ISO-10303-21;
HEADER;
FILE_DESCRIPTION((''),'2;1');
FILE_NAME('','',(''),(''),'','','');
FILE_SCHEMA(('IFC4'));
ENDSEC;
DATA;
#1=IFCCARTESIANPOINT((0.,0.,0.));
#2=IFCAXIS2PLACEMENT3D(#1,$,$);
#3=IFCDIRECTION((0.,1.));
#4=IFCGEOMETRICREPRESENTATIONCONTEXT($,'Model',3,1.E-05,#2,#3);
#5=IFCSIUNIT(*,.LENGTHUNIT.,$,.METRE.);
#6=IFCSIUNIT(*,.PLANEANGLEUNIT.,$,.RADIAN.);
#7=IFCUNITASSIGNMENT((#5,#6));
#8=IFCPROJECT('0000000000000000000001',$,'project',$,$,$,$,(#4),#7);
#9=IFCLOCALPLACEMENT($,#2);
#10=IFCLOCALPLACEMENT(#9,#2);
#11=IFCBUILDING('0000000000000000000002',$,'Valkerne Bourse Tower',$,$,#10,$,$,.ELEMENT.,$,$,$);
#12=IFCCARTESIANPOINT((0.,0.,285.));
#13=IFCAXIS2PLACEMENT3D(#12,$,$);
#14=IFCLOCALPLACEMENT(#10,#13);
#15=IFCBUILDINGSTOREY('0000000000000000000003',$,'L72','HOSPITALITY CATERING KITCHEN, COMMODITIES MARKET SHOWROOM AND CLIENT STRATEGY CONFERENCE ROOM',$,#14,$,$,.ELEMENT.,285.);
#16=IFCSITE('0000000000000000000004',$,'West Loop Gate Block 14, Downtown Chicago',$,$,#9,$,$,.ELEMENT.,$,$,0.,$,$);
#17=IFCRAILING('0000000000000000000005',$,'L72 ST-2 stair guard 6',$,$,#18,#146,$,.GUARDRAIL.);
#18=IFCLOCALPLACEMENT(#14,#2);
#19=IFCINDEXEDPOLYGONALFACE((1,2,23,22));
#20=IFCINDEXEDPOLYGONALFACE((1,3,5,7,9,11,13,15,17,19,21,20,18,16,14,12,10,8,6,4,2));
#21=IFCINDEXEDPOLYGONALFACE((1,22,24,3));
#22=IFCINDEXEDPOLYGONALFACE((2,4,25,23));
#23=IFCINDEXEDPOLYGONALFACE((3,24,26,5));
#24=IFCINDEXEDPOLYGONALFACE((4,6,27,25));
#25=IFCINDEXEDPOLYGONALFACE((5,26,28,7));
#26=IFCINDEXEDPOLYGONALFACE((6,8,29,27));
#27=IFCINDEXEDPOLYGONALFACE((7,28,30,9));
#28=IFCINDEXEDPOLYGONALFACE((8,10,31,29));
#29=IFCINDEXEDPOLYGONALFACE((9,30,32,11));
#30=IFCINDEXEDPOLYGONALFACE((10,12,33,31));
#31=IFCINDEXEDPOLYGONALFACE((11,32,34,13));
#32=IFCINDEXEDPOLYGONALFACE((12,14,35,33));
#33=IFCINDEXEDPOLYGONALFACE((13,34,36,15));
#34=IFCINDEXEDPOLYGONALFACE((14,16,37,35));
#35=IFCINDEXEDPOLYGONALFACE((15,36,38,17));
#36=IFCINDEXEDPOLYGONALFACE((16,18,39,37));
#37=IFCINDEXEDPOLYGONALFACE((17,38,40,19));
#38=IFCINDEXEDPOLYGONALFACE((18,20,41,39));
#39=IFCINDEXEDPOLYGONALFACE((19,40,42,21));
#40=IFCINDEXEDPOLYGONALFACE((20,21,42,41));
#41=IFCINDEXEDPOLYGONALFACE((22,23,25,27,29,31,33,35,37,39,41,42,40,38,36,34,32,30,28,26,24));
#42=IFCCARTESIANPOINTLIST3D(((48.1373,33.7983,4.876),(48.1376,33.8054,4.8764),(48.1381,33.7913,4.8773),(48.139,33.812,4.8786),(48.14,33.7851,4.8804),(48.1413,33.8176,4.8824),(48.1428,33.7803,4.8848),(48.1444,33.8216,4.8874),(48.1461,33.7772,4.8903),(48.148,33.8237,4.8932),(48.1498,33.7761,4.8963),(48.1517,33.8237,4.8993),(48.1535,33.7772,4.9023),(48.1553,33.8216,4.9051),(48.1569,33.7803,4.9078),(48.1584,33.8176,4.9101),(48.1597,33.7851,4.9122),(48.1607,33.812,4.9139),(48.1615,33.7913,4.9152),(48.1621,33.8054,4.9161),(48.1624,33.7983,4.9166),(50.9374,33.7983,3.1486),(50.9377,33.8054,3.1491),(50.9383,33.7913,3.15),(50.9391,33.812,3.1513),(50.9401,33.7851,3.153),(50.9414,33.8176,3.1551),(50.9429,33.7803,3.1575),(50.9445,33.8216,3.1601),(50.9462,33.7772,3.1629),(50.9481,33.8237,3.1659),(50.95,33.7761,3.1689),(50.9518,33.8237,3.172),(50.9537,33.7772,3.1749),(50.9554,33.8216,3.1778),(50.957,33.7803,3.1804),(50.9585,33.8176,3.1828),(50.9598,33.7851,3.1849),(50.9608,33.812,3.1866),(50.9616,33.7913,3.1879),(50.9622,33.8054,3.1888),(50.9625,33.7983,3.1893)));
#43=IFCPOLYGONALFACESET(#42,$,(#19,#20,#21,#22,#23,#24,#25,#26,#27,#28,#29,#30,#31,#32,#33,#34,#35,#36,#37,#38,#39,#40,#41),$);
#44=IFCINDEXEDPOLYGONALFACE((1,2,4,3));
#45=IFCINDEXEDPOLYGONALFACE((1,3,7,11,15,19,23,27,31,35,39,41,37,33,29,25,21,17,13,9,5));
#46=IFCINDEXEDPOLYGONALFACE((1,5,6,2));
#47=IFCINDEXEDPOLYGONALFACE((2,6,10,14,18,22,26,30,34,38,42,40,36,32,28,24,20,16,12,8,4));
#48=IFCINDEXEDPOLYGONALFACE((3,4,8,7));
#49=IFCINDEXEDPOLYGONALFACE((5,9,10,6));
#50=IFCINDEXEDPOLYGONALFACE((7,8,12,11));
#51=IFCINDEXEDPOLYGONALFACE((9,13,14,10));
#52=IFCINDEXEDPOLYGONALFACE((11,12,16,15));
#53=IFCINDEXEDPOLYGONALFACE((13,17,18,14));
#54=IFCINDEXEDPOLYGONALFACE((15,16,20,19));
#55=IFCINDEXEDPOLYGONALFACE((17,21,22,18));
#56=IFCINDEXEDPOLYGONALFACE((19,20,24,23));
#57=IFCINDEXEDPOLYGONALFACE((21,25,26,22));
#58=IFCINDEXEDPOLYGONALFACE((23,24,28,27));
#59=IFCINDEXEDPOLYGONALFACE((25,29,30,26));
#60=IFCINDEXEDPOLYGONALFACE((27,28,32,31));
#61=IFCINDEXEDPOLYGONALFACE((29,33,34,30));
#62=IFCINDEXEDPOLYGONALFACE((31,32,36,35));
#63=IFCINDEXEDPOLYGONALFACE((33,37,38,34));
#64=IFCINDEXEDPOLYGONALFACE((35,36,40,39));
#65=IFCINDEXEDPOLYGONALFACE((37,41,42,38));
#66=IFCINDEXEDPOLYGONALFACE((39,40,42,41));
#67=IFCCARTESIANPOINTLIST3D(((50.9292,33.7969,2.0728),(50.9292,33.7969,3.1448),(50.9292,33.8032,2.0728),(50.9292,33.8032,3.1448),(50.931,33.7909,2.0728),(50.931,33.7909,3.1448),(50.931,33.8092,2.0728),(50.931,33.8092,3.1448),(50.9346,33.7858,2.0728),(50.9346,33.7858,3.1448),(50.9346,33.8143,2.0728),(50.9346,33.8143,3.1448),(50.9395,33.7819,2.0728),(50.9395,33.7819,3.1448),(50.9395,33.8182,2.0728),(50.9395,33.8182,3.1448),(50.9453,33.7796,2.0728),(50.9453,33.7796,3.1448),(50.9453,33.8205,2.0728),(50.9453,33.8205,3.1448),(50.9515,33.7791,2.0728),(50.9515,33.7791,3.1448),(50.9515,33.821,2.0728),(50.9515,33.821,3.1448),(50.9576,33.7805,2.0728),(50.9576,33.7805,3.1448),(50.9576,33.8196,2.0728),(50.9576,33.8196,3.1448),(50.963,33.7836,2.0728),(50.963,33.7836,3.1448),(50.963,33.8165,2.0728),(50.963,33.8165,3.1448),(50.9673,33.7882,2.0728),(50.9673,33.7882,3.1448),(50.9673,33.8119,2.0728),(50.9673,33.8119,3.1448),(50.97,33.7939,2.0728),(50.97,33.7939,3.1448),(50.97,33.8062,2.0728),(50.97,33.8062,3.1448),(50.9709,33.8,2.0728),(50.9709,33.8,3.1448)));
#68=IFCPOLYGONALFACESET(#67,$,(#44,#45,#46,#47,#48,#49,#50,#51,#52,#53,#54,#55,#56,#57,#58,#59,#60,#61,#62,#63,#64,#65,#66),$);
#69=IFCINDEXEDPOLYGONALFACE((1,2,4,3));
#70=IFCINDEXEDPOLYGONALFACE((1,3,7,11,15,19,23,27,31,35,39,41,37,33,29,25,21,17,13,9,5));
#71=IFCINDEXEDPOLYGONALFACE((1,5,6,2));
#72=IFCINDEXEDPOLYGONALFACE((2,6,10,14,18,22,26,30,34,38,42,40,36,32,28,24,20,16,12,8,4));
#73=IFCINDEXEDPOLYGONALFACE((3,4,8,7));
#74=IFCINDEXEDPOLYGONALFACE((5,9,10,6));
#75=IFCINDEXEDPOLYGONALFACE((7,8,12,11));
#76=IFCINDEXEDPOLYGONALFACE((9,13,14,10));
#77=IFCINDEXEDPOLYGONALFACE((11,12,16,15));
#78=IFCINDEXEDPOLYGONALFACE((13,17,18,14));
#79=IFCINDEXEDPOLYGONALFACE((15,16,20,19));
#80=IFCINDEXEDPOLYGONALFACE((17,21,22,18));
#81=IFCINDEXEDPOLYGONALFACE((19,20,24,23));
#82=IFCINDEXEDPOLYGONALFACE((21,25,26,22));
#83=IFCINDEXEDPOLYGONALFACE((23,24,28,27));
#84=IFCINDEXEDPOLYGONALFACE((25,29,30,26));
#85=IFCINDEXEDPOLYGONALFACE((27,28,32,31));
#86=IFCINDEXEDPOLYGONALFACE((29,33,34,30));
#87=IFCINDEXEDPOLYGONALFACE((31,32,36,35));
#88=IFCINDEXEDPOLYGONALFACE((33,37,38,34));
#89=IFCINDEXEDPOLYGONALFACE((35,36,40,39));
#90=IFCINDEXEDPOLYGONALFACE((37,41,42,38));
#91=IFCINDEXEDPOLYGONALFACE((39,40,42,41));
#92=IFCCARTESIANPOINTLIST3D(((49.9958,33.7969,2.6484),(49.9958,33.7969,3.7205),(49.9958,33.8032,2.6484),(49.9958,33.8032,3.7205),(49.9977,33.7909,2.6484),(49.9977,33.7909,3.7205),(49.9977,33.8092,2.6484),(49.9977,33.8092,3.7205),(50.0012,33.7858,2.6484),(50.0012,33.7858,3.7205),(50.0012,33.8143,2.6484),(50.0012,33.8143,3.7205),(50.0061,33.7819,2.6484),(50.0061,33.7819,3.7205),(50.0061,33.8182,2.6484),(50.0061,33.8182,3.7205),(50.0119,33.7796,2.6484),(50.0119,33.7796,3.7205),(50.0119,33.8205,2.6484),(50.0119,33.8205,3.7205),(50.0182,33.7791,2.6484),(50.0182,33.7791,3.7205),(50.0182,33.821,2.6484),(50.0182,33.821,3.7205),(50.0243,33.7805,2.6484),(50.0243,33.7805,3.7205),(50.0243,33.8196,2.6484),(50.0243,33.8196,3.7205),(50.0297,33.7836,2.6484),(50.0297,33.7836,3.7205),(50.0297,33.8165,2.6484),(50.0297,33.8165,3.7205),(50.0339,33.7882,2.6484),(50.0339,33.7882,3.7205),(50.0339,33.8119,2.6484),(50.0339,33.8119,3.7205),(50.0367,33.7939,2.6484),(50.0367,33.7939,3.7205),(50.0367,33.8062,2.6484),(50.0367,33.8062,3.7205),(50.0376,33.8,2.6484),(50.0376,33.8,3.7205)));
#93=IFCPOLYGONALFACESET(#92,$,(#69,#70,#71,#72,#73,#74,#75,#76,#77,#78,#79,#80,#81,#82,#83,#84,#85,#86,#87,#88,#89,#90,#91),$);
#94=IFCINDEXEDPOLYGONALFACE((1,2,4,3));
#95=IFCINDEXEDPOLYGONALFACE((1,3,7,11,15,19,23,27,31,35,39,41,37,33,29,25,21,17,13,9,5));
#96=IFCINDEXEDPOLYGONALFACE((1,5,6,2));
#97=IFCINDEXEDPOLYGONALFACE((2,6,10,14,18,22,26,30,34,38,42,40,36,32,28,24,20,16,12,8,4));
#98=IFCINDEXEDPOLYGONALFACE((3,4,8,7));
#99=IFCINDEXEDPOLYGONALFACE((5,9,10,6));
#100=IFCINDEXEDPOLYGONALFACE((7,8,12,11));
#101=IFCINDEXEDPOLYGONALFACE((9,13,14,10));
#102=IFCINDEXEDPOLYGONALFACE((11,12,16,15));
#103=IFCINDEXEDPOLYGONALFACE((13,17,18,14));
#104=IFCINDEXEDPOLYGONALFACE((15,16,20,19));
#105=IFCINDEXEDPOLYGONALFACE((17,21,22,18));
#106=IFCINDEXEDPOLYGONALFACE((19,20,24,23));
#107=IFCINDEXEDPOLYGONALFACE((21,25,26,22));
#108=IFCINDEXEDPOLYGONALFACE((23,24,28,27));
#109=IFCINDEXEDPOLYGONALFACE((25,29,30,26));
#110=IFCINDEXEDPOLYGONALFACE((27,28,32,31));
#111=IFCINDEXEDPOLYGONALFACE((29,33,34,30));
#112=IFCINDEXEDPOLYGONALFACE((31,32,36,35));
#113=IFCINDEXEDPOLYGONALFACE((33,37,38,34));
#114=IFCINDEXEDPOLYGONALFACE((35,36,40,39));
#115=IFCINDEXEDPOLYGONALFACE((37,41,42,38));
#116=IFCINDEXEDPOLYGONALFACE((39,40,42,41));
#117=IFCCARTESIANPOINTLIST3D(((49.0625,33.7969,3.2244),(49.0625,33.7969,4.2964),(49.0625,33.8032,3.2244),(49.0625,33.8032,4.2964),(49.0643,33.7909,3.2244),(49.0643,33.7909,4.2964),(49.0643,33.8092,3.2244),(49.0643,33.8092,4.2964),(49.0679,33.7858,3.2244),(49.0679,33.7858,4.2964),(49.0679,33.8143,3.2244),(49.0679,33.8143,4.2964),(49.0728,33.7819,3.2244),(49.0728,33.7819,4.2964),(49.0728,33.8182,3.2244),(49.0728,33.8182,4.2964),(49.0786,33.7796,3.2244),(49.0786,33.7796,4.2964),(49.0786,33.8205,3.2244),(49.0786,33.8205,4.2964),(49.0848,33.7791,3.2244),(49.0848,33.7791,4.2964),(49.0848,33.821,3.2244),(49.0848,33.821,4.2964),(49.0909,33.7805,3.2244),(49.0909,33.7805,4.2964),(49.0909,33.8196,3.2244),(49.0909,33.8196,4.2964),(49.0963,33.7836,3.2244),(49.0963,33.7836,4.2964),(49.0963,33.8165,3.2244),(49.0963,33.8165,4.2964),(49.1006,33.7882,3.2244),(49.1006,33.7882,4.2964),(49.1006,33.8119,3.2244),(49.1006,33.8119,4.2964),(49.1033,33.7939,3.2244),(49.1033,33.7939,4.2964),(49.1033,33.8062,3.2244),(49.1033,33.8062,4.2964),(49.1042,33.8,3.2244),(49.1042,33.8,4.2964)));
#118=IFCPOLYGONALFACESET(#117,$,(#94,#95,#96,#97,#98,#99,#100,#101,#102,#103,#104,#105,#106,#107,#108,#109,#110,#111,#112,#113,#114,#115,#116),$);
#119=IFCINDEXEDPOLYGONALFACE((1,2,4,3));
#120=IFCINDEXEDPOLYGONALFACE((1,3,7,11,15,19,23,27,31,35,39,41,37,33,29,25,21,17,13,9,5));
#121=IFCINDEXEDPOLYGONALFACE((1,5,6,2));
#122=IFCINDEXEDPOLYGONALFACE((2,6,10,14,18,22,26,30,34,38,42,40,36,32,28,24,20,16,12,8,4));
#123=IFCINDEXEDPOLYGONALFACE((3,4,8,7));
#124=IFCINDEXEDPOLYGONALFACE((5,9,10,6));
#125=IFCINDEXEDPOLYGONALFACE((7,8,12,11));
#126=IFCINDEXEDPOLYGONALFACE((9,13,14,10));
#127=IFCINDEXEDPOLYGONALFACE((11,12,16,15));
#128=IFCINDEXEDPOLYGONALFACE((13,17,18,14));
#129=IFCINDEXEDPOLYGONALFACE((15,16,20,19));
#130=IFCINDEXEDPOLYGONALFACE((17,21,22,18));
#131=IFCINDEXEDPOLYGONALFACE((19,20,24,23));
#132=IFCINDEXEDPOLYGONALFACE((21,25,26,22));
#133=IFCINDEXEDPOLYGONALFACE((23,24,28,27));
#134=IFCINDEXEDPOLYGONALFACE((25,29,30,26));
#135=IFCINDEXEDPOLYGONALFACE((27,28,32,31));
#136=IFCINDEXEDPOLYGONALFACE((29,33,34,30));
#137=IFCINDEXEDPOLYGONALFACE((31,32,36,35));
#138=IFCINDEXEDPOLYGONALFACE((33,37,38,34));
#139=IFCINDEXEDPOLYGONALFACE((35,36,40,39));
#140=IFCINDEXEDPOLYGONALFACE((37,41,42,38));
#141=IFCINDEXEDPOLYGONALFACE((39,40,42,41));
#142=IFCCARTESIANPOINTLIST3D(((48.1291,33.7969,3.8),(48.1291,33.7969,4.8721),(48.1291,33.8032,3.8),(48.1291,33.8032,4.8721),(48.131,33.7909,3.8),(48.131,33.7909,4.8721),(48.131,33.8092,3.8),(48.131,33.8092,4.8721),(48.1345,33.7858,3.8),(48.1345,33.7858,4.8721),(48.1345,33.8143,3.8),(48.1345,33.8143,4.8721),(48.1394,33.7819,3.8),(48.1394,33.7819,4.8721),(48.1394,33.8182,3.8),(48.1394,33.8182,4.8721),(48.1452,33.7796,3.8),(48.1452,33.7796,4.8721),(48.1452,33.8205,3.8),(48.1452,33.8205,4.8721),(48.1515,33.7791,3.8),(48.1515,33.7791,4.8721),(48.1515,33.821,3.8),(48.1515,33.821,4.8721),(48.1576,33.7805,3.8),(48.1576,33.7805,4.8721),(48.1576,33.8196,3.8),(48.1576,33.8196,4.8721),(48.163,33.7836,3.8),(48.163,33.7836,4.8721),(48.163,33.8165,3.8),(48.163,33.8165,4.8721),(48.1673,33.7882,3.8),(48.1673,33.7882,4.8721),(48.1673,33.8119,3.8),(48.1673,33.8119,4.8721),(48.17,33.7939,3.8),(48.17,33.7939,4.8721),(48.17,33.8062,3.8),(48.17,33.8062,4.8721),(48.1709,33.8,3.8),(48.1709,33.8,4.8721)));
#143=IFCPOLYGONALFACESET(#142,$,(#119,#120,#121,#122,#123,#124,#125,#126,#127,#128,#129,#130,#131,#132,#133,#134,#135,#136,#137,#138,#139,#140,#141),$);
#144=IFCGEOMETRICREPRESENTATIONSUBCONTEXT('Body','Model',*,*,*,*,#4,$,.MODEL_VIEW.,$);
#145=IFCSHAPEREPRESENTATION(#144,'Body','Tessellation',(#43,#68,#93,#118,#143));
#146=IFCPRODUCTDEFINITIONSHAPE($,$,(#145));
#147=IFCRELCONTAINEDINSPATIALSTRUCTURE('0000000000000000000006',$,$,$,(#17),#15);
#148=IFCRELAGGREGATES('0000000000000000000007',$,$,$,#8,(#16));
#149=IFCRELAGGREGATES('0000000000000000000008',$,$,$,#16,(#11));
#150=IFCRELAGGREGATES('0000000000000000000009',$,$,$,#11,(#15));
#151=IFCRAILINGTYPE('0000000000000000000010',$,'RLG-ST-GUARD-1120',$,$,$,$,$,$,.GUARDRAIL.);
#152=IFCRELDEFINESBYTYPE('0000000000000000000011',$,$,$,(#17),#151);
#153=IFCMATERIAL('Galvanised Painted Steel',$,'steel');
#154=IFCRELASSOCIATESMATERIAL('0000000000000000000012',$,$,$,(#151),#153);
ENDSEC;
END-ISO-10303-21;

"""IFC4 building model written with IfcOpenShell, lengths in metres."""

from ifc_helpers import new_model, si_unit, direction, frame, origin, origin_2d, place, context, subcontext, project, spatial, circle, extrude, material, type_object, element, save


model = new_model("IFC4")

# Units and contexts
model_context = context("Model", 3, precision=1e-05, world=origin(), true_north=direction((0.0, 1.0)))
body_context = subcontext(model_context, "Body", "Model", "MODEL_VIEW")
ifc_project = project(units=[si_unit("LENGTHUNIT", "METRE"), si_unit("PLANEANGLEUNIT", "RADIAN")], contexts=[model_context])

# Site, building, storey
site_placement = place(None, origin())
site = spatial("IfcSite", under=ifc_project, at=site_placement, Name="West Loop Gate Block 14, Downtown Chicago", CompositionType="ELEMENT", RefElevation=0.0)
building_placement = place(site_placement, origin())
building = spatial("IfcBuilding", under=site, at=building_placement, Name="Valkerne Bourse Tower", CompositionType="ELEMENT")
storey_placement = place(building_placement, frame((0.0, 0.0, 285.0)))
storey = spatial("IfcBuildingStorey", under=building, at=storey_placement, Name="L72", Description="HOSPITALITY CATERING KITCHEN, COMMODITIES MARKET SHOWROOM AND CLIENT STRATEGY CONFERENCE ROOM", CompositionType="ELEMENT", Elevation=285.0)

# Shared definitions
ifc_material_1 = material(Name="Galvanised Painted Steel", Category="steel")

# Railing
railing_type_1 = type_object("IfcRailingType", Name="RLG-ST-GUARD-1120", PredefinedType="GUARDRAIL", material=ifc_material_1)
railing_1_placement = place(storey_placement, frame((50.95, 33.8, 2.0728)))
element("IfcRailing", 1, at=railing_1_placement, inside=storey, type_object=railing_type_1, Name="L72 ST-2 stair guard 6", PredefinedType="GUARDRAIL", context=body_context, shape_type="SweptSolid", body=[
    extrude(circle(Radius=0.0239, at=origin_2d()), frame((0.0, 0.0, 1.0962), z_axis=(-0.85109, 0.0, 0.52502), x_axis=(0.0, -1.0, 0.0)), (0.0, 0.0, 1.0), 3.29),
    extrude(circle(Radius=0.021, at=origin_2d()), origin(), (0.0, 0.0, 1.0), 1.072),
    extrude(circle(Radius=0.021, at=origin_2d()), frame((-0.9333, 0.0, 0.5757)), (0.0, 0.0, 1.0), 1.072),
    extrude(circle(Radius=0.021, at=origin_2d()), frame((-1.8667, 0.0, 1.1516)), (0.0, 0.0, 1.0), 1.072),
    extrude(circle(Radius=0.021, at=origin_2d()), frame((-2.8, 0.0, 1.7273)), (0.0, 0.0, 1.0), 1.072),
])

save(model, "model.ifc")
